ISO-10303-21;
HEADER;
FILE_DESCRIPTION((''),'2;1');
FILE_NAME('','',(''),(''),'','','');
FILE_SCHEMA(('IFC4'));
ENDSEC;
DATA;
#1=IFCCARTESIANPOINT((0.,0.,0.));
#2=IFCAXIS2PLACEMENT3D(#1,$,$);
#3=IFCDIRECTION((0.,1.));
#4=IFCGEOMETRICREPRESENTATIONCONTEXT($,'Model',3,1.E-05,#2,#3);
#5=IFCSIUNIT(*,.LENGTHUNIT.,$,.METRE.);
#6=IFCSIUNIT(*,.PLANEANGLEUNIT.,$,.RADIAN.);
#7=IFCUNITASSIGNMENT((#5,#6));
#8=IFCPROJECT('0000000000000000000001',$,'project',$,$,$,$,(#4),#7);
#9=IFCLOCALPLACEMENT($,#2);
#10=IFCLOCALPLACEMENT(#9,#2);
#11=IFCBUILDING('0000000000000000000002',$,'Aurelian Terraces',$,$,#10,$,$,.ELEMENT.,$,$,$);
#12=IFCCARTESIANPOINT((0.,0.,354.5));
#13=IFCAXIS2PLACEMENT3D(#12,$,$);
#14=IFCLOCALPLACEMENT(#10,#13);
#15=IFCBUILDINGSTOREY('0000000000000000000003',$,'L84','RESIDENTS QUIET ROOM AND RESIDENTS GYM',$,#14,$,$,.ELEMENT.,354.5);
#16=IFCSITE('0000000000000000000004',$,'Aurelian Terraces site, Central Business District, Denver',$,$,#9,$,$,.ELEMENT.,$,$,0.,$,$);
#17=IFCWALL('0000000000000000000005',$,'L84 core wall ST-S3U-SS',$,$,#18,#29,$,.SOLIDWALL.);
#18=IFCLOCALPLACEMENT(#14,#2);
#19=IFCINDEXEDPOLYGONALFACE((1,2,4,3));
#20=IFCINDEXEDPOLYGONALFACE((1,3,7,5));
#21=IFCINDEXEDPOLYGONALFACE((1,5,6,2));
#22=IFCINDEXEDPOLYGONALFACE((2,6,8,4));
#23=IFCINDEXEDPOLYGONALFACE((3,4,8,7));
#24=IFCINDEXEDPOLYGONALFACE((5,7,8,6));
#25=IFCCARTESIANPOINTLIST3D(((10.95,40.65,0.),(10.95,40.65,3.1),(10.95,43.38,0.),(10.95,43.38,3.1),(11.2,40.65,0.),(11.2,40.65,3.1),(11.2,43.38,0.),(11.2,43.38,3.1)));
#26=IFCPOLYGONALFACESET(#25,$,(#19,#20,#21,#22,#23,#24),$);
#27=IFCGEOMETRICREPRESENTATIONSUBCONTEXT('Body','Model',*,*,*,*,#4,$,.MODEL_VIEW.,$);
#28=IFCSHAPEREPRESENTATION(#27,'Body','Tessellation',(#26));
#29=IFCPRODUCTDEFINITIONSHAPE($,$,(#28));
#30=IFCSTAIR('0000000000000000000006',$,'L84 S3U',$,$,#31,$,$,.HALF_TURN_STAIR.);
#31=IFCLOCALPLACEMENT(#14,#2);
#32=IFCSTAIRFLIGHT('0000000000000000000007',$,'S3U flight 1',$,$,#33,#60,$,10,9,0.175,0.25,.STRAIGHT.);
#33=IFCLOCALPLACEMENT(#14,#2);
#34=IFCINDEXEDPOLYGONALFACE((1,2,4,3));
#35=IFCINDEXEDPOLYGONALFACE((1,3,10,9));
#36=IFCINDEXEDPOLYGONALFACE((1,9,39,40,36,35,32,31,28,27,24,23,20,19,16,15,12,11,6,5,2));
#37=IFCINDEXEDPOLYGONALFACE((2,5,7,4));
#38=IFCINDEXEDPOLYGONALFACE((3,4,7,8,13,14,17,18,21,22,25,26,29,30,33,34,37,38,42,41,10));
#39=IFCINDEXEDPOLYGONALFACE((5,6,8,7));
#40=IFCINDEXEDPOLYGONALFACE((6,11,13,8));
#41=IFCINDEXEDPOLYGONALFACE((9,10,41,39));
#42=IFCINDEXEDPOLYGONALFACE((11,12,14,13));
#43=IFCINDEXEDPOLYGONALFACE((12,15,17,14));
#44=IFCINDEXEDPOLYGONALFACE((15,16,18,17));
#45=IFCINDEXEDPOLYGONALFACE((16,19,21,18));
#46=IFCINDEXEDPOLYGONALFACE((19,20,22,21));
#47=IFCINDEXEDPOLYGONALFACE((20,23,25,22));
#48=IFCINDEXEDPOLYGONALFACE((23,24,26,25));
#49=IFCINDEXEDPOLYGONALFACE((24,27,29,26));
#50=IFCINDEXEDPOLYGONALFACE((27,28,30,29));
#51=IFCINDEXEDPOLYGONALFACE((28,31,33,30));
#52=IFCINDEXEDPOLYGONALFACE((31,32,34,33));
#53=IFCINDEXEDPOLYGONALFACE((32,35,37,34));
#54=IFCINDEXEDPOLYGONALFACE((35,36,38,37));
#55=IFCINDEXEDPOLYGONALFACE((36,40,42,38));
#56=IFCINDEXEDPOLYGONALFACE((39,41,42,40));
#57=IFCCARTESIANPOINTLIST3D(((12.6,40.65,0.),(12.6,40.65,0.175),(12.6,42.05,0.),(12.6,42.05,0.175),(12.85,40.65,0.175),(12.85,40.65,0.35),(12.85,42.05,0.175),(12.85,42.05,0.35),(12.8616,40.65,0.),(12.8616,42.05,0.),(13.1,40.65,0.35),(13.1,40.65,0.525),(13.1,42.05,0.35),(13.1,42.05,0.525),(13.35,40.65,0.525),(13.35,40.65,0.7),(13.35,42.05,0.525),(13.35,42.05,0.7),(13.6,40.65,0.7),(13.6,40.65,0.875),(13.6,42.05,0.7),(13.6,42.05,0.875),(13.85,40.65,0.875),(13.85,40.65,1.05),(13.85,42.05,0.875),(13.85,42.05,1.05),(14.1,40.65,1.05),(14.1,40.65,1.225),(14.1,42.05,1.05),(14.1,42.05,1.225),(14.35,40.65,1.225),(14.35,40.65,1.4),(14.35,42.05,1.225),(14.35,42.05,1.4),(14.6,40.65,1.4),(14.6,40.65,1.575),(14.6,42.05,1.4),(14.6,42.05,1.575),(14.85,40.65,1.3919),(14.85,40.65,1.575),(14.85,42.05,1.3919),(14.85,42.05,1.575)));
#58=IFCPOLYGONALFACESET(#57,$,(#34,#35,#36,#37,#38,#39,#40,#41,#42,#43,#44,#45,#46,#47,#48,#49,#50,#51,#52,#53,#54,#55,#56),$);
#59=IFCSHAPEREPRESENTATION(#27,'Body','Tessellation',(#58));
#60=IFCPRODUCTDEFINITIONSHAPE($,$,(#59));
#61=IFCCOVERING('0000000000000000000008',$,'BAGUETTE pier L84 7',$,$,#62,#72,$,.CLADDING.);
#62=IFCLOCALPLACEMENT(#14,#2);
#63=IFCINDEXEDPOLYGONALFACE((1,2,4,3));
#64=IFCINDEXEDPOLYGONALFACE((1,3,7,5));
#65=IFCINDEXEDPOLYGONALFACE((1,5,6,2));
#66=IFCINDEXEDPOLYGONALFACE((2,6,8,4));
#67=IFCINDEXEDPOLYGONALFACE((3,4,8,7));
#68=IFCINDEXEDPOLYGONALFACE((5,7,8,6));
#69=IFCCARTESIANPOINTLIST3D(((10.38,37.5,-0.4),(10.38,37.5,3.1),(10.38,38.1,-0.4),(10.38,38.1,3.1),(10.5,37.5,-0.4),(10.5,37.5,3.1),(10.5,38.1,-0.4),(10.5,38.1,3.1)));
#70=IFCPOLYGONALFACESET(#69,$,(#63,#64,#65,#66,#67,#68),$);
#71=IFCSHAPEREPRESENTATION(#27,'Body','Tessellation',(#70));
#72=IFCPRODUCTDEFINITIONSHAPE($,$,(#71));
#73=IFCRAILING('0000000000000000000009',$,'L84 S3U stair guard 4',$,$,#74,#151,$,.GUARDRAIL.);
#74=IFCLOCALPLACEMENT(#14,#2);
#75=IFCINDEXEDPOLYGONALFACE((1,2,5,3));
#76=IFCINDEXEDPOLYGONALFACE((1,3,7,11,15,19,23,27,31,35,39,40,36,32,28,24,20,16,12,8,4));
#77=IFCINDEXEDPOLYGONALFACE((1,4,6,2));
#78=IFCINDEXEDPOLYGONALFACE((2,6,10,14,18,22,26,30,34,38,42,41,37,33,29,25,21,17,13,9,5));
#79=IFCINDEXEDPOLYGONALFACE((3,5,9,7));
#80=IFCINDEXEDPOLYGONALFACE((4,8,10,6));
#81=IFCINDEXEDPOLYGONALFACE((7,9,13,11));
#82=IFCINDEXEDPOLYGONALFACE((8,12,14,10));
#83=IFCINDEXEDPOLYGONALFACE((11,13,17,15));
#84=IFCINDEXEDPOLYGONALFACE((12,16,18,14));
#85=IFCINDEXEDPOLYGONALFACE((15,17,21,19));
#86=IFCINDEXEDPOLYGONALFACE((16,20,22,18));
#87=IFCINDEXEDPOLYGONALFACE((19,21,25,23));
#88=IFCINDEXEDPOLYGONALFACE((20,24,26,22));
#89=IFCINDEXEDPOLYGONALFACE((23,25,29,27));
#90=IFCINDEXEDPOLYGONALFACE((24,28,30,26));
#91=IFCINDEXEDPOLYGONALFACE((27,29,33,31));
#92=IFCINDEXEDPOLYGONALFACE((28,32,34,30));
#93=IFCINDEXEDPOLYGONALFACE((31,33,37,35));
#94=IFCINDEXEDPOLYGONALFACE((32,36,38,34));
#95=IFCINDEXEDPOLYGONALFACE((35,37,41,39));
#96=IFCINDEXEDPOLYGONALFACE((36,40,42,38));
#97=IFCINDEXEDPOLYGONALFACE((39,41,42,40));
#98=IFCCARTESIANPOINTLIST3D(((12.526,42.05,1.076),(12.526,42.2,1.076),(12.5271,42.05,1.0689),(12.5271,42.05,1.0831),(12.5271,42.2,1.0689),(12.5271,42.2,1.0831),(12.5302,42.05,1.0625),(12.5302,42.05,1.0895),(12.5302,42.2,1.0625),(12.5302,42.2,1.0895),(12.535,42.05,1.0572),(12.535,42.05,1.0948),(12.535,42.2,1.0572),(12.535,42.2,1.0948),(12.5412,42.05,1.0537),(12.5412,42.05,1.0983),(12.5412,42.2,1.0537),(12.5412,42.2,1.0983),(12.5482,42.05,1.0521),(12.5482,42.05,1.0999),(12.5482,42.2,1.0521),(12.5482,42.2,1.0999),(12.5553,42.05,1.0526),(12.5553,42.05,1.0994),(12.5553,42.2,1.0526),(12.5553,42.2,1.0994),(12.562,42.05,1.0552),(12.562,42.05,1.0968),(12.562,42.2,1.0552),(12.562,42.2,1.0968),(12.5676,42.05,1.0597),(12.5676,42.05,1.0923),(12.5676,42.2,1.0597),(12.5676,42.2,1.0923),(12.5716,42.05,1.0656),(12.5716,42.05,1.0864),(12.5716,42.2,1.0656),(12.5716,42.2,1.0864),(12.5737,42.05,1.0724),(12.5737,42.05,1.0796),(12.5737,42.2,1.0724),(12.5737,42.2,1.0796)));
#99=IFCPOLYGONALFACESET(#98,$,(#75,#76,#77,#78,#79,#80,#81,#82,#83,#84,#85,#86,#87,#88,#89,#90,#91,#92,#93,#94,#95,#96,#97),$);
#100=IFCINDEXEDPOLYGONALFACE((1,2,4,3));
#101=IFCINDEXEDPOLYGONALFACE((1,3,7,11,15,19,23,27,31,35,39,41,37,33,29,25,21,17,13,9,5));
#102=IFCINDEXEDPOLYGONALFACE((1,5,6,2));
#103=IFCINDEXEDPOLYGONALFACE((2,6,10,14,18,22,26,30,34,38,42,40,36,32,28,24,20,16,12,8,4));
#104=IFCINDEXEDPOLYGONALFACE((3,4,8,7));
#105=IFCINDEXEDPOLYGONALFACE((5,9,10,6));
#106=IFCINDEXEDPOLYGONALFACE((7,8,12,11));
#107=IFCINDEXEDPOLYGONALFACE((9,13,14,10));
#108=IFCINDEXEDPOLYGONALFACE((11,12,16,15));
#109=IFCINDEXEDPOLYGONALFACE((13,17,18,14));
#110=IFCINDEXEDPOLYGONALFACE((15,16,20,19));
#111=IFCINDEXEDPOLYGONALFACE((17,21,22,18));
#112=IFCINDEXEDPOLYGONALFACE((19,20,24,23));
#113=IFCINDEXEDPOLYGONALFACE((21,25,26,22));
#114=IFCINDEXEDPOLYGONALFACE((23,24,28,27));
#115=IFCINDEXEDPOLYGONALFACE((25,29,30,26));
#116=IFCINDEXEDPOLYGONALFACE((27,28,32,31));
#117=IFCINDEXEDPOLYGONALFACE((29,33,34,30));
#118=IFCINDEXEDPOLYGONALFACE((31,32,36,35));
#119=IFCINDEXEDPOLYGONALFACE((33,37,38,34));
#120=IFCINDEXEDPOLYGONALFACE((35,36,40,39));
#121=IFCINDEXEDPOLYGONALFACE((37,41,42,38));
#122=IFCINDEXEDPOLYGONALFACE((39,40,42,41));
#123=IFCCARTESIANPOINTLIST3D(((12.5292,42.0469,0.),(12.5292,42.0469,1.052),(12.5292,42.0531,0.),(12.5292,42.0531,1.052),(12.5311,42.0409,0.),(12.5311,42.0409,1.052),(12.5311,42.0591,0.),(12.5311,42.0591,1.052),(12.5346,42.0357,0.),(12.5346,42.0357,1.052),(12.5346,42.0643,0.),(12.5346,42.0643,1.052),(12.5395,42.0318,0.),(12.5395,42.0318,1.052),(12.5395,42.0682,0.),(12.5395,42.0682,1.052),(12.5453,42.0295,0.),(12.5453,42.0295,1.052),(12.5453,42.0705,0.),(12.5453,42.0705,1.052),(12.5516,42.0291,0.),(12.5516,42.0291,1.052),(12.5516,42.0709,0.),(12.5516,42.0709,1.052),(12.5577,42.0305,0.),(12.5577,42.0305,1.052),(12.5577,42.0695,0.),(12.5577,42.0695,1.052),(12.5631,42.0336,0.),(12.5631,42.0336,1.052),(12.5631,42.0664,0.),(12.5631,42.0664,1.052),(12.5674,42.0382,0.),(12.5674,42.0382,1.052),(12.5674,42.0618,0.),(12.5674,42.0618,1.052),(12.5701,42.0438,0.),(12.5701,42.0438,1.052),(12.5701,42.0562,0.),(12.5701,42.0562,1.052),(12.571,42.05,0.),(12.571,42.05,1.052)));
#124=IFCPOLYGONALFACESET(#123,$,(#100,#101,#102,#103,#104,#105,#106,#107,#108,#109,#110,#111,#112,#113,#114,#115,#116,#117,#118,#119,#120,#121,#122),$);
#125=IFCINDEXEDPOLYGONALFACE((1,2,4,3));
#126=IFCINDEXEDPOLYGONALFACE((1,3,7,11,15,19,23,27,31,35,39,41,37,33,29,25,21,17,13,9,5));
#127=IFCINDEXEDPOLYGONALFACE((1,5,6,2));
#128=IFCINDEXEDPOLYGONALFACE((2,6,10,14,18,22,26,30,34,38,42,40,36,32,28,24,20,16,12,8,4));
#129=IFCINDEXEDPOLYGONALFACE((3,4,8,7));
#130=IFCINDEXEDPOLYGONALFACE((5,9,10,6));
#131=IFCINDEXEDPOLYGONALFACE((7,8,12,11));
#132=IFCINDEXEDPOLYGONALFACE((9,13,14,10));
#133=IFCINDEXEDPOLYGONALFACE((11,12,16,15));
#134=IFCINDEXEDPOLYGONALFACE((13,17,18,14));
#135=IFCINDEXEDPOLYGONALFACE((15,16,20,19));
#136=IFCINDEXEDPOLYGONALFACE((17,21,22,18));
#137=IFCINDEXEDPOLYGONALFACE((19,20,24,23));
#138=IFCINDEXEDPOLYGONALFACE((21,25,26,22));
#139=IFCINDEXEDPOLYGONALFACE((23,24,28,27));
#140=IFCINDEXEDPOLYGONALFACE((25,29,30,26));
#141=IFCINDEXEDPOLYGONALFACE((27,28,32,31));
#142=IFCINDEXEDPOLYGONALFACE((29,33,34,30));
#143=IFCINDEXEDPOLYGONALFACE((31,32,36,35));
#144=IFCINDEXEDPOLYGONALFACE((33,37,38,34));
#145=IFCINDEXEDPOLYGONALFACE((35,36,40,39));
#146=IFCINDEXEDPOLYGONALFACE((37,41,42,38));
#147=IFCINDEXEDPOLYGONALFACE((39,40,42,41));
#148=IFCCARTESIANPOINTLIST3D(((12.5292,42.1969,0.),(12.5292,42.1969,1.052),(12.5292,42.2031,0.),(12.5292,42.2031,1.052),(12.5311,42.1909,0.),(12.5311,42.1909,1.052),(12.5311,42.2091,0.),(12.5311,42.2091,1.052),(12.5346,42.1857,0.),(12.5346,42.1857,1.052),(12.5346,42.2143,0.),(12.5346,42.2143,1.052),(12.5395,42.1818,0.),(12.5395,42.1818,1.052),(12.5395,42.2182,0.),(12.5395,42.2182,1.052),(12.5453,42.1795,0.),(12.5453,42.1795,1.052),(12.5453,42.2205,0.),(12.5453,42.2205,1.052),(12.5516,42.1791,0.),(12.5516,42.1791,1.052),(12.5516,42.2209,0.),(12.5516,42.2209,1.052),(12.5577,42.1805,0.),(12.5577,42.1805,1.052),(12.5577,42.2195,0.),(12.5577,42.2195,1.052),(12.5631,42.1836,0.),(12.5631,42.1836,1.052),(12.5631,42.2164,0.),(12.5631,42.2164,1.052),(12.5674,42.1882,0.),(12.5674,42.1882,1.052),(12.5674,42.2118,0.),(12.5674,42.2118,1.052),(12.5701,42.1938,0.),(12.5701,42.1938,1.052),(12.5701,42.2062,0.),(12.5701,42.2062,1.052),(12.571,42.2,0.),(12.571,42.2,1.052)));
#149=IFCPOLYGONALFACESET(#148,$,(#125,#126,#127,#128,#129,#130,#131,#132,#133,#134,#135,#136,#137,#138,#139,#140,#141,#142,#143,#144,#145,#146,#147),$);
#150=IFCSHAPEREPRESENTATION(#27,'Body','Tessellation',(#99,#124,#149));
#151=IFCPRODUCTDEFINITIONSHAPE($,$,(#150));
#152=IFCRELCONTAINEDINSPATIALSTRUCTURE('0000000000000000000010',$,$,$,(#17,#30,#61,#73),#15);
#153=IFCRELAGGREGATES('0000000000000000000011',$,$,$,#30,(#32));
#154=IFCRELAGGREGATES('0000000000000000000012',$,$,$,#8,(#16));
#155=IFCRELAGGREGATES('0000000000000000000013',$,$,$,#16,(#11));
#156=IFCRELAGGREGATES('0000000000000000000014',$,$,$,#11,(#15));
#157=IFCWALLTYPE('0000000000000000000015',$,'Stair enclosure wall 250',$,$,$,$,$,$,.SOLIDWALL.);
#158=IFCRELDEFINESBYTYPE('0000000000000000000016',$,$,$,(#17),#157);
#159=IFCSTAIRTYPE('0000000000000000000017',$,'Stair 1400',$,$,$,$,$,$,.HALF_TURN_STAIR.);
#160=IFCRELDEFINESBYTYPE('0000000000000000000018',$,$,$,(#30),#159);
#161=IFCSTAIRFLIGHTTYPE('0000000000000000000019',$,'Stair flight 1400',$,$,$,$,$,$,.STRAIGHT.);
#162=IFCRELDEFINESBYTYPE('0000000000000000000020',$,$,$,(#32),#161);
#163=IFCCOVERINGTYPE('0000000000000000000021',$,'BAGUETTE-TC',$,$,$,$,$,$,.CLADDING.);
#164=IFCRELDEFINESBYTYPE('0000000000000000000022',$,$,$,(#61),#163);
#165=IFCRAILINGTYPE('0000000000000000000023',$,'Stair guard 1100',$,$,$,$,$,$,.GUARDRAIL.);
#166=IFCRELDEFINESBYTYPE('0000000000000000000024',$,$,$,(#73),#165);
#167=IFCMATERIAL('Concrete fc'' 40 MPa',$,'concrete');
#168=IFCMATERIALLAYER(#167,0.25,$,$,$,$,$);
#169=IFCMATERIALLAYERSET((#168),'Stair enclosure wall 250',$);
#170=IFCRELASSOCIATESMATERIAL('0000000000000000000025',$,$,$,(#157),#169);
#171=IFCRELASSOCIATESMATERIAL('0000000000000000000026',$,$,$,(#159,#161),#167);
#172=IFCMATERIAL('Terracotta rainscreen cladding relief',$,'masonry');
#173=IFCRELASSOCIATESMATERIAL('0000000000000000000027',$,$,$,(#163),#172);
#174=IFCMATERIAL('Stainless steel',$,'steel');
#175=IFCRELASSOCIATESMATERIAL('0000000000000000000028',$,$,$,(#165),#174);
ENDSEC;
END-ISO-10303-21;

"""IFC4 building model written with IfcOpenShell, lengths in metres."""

from ifc_helpers import new_model, si_unit, direction, frame, frame_2d, origin, origin_2d, place, context, subcontext, project, spatial, polyline, rectangle, circle, outline, extrude, source, transform, mapped, material, layer, layer_set, type_object, element, aggregate, save


model = new_model("IFC4")

# Units and contexts
model_context = context("Model", 3, precision=1e-05, world=origin(), true_north=direction((0.0, 1.0)))
body_context = subcontext(model_context, "Body", "Model", "MODEL_VIEW")
ifc_project = project(units=[si_unit("LENGTHUNIT", "METRE"), si_unit("PLANEANGLEUNIT", "RADIAN")], contexts=[model_context])

# Site, building, storey
site_placement = place(None, origin())
site = spatial("IfcSite", under=ifc_project, at=site_placement, Name="Aurelian Terraces site, Central Business District, Denver", CompositionType="ELEMENT", RefElevation=0.0)
building_placement = place(site_placement, origin())
building = spatial("IfcBuilding", under=site, at=building_placement, Name="Aurelian Terraces", CompositionType="ELEMENT")
storey_placement = place(building_placement, frame((0.0, 0.0, 354.5)))
storey = spatial("IfcBuildingStorey", under=building, at=storey_placement, Name="L84", Description="RESIDENTS QUIET ROOM AND RESIDENTS GYM", CompositionType="ELEMENT", Elevation=354.5)

# Shared definitions
ifc_material_1 = material(Name="Concrete fc' 40 MPa", Category="concrete")

# Shared definitions
ifc_layer_1 = layer(ifc_material_1, 0.25)
ifc_layer_set_1 = layer_set([ifc_layer_1], Name="Stair enclosure wall 250")
wall_type_1 = type_object("IfcWallType", Name="Stair enclosure wall 250", PredefinedType="SOLIDWALL", material=ifc_layer_set_1)

# Wall
shared_shape_1 = source(origin(), body_context, "Body", "SweptSolid", [
    extrude(rectangle(XDim=2.73, YDim=0.25, at=frame_2d((1.365, 0.0))), origin(), (0.0, 0.0, 1.0), 3.1),
])
wall_1_placement = place(storey_placement, frame((11.075, 40.65, 0.0), z_axis=(0.0, 0.0, 1.0), x_axis=(0.0, 1.0, 0.0)))
element("IfcWall", 1, at=wall_1_placement, inside=storey, type_object=wall_type_1, Name="L84 core wall ST-S3U-SS", PredefinedType="SOLIDWALL", context=body_context, shape_type="MappedRepresentation", body=[
    mapped(shared_shape_1, transform((0.0, 0.0, 0.0), scale=1.0)),
])

# Stair, stair flight
stair_type = type_object("IfcStairType", Name="Stair 1400", PredefinedType="HALF_TURN_STAIR", material=ifc_material_1)
stair_placement = place(storey_placement, origin())
stair = element("IfcStair", 2, at=stair_placement, inside=storey, type_object=stair_type, Name="L84 S3U", PredefinedType="HALF_TURN_STAIR")
stair_flight_type = type_object("IfcStairFlightType", Name="Stair flight 1400", PredefinedType="STRAIGHT", material=ifc_material_1)
shared_shape_2 = source(origin(), body_context, "Body", "SweptSolid", [
    extrude(outline(polyline([(0.0, 0.0), (0.0, 0.175), (0.25, 0.175), (0.25, 0.35), (0.5, 0.35), (0.5, 0.525), (0.75, 0.525), (0.75, 0.7), (1.0, 0.7), (1.0, 0.875), (1.25, 0.875), (1.25, 1.05), (1.5, 1.05), (1.5, 1.225), (1.75, 1.225), (1.75, 1.4), (2.0, 1.4), (2.0, 1.575), (2.25, 1.575), (2.25, 1.75), (2.25, 1.3919), (0.2616, 0.0), (0.0, 0.0)])), frame((0.0, 0.7, 0.0), z_axis=(0.0, -1.0, 0.0), x_axis=(1.0, 0.0, 0.0)), (0.0, 0.0, 1.0), 1.4),
])
stair_flight_placement = place(storey_placement, frame((12.6, 41.35, 0.0), z_axis=(0.0, 0.0, 1.0), x_axis=(1.0, 0.0, 0.0)))
stair_flight = element("IfcStairFlight", 3, at=stair_flight_placement, type_object=stair_flight_type, Name="S3U flight 1", NumberOfRisers=10, NumberOfTreads=9, PredefinedType="STRAIGHT", RiserHeight=0.175, TreadLength=0.25, context=body_context, shape_type="MappedRepresentation", body=[
    mapped(shared_shape_2, transform((0.0, 0.0, 0.0), scale=1.0)),
])
aggregate(stair, [stair_flight])

# Covering
ifc_material_2 = material(Name="Terracotta rainscreen cladding relief", Category="masonry")
covering_type = type_object("IfcCoveringType", Name="BAGUETTE-TC", PredefinedType="CLADDING", material=ifc_material_2)
shared_shape_3 = source(origin(), body_context, "Body", "SweptSolid", [
    extrude(rectangle(XDim=0.12, YDim=0.6, at=origin_2d()), origin(), (0.0, 0.0, 1.0), 3.5),
])
covering_placement = place(storey_placement, frame((10.44, 37.8, -0.4), z_axis=(0.0, 0.0, 1.0), x_axis=(1.0, 0.0, 0.0)))
element("IfcCovering", 4, at=covering_placement, inside=storey, type_object=covering_type, Name="BAGUETTE pier L84 7", PredefinedType="CLADDING", context=body_context, shape_type="MappedRepresentation", body=[
    mapped(shared_shape_3, transform((0.0, 0.0, 0.0), scale=1.0)),
])

# Railing
ifc_material_3 = material(Name="Stainless steel", Category="steel")
railing_type_1 = type_object("IfcRailingType", Name="Stair guard 1100", PredefinedType="GUARDRAIL", material=ifc_material_3)
shared_shape_4 = source(origin(), body_context, "Body", "SweptSolid", [
    extrude(circle(Radius=0.024, at=origin_2d()), frame((0.0, 0.0, 1.076), z_axis=(0.0, 1.0, 0.0), x_axis=(-1.0, 0.0, 0.0)), (0.0, 0.0, 1.0), 0.15),
    extrude(circle(Radius=0.021, at=origin_2d()), origin(), (0.0, 0.0, 1.0), 1.052),
    extrude(circle(Radius=0.021, at=origin_2d()), frame((0.0, 0.15, 0.0)), (0.0, 0.0, 1.0), 1.052),
])
railing_1_placement = place(storey_placement, frame((12.55, 42.05, 0.0)))
element("IfcRailing", 5, at=railing_1_placement, inside=storey, type_object=railing_type_1, Name="L84 S3U stair guard 4", PredefinedType="GUARDRAIL", context=body_context, shape_type="MappedRepresentation", body=[
    mapped(shared_shape_4, transform((0.0, 0.0, 0.0), scale=1.0)),
])

save(model, "model.ifc")
